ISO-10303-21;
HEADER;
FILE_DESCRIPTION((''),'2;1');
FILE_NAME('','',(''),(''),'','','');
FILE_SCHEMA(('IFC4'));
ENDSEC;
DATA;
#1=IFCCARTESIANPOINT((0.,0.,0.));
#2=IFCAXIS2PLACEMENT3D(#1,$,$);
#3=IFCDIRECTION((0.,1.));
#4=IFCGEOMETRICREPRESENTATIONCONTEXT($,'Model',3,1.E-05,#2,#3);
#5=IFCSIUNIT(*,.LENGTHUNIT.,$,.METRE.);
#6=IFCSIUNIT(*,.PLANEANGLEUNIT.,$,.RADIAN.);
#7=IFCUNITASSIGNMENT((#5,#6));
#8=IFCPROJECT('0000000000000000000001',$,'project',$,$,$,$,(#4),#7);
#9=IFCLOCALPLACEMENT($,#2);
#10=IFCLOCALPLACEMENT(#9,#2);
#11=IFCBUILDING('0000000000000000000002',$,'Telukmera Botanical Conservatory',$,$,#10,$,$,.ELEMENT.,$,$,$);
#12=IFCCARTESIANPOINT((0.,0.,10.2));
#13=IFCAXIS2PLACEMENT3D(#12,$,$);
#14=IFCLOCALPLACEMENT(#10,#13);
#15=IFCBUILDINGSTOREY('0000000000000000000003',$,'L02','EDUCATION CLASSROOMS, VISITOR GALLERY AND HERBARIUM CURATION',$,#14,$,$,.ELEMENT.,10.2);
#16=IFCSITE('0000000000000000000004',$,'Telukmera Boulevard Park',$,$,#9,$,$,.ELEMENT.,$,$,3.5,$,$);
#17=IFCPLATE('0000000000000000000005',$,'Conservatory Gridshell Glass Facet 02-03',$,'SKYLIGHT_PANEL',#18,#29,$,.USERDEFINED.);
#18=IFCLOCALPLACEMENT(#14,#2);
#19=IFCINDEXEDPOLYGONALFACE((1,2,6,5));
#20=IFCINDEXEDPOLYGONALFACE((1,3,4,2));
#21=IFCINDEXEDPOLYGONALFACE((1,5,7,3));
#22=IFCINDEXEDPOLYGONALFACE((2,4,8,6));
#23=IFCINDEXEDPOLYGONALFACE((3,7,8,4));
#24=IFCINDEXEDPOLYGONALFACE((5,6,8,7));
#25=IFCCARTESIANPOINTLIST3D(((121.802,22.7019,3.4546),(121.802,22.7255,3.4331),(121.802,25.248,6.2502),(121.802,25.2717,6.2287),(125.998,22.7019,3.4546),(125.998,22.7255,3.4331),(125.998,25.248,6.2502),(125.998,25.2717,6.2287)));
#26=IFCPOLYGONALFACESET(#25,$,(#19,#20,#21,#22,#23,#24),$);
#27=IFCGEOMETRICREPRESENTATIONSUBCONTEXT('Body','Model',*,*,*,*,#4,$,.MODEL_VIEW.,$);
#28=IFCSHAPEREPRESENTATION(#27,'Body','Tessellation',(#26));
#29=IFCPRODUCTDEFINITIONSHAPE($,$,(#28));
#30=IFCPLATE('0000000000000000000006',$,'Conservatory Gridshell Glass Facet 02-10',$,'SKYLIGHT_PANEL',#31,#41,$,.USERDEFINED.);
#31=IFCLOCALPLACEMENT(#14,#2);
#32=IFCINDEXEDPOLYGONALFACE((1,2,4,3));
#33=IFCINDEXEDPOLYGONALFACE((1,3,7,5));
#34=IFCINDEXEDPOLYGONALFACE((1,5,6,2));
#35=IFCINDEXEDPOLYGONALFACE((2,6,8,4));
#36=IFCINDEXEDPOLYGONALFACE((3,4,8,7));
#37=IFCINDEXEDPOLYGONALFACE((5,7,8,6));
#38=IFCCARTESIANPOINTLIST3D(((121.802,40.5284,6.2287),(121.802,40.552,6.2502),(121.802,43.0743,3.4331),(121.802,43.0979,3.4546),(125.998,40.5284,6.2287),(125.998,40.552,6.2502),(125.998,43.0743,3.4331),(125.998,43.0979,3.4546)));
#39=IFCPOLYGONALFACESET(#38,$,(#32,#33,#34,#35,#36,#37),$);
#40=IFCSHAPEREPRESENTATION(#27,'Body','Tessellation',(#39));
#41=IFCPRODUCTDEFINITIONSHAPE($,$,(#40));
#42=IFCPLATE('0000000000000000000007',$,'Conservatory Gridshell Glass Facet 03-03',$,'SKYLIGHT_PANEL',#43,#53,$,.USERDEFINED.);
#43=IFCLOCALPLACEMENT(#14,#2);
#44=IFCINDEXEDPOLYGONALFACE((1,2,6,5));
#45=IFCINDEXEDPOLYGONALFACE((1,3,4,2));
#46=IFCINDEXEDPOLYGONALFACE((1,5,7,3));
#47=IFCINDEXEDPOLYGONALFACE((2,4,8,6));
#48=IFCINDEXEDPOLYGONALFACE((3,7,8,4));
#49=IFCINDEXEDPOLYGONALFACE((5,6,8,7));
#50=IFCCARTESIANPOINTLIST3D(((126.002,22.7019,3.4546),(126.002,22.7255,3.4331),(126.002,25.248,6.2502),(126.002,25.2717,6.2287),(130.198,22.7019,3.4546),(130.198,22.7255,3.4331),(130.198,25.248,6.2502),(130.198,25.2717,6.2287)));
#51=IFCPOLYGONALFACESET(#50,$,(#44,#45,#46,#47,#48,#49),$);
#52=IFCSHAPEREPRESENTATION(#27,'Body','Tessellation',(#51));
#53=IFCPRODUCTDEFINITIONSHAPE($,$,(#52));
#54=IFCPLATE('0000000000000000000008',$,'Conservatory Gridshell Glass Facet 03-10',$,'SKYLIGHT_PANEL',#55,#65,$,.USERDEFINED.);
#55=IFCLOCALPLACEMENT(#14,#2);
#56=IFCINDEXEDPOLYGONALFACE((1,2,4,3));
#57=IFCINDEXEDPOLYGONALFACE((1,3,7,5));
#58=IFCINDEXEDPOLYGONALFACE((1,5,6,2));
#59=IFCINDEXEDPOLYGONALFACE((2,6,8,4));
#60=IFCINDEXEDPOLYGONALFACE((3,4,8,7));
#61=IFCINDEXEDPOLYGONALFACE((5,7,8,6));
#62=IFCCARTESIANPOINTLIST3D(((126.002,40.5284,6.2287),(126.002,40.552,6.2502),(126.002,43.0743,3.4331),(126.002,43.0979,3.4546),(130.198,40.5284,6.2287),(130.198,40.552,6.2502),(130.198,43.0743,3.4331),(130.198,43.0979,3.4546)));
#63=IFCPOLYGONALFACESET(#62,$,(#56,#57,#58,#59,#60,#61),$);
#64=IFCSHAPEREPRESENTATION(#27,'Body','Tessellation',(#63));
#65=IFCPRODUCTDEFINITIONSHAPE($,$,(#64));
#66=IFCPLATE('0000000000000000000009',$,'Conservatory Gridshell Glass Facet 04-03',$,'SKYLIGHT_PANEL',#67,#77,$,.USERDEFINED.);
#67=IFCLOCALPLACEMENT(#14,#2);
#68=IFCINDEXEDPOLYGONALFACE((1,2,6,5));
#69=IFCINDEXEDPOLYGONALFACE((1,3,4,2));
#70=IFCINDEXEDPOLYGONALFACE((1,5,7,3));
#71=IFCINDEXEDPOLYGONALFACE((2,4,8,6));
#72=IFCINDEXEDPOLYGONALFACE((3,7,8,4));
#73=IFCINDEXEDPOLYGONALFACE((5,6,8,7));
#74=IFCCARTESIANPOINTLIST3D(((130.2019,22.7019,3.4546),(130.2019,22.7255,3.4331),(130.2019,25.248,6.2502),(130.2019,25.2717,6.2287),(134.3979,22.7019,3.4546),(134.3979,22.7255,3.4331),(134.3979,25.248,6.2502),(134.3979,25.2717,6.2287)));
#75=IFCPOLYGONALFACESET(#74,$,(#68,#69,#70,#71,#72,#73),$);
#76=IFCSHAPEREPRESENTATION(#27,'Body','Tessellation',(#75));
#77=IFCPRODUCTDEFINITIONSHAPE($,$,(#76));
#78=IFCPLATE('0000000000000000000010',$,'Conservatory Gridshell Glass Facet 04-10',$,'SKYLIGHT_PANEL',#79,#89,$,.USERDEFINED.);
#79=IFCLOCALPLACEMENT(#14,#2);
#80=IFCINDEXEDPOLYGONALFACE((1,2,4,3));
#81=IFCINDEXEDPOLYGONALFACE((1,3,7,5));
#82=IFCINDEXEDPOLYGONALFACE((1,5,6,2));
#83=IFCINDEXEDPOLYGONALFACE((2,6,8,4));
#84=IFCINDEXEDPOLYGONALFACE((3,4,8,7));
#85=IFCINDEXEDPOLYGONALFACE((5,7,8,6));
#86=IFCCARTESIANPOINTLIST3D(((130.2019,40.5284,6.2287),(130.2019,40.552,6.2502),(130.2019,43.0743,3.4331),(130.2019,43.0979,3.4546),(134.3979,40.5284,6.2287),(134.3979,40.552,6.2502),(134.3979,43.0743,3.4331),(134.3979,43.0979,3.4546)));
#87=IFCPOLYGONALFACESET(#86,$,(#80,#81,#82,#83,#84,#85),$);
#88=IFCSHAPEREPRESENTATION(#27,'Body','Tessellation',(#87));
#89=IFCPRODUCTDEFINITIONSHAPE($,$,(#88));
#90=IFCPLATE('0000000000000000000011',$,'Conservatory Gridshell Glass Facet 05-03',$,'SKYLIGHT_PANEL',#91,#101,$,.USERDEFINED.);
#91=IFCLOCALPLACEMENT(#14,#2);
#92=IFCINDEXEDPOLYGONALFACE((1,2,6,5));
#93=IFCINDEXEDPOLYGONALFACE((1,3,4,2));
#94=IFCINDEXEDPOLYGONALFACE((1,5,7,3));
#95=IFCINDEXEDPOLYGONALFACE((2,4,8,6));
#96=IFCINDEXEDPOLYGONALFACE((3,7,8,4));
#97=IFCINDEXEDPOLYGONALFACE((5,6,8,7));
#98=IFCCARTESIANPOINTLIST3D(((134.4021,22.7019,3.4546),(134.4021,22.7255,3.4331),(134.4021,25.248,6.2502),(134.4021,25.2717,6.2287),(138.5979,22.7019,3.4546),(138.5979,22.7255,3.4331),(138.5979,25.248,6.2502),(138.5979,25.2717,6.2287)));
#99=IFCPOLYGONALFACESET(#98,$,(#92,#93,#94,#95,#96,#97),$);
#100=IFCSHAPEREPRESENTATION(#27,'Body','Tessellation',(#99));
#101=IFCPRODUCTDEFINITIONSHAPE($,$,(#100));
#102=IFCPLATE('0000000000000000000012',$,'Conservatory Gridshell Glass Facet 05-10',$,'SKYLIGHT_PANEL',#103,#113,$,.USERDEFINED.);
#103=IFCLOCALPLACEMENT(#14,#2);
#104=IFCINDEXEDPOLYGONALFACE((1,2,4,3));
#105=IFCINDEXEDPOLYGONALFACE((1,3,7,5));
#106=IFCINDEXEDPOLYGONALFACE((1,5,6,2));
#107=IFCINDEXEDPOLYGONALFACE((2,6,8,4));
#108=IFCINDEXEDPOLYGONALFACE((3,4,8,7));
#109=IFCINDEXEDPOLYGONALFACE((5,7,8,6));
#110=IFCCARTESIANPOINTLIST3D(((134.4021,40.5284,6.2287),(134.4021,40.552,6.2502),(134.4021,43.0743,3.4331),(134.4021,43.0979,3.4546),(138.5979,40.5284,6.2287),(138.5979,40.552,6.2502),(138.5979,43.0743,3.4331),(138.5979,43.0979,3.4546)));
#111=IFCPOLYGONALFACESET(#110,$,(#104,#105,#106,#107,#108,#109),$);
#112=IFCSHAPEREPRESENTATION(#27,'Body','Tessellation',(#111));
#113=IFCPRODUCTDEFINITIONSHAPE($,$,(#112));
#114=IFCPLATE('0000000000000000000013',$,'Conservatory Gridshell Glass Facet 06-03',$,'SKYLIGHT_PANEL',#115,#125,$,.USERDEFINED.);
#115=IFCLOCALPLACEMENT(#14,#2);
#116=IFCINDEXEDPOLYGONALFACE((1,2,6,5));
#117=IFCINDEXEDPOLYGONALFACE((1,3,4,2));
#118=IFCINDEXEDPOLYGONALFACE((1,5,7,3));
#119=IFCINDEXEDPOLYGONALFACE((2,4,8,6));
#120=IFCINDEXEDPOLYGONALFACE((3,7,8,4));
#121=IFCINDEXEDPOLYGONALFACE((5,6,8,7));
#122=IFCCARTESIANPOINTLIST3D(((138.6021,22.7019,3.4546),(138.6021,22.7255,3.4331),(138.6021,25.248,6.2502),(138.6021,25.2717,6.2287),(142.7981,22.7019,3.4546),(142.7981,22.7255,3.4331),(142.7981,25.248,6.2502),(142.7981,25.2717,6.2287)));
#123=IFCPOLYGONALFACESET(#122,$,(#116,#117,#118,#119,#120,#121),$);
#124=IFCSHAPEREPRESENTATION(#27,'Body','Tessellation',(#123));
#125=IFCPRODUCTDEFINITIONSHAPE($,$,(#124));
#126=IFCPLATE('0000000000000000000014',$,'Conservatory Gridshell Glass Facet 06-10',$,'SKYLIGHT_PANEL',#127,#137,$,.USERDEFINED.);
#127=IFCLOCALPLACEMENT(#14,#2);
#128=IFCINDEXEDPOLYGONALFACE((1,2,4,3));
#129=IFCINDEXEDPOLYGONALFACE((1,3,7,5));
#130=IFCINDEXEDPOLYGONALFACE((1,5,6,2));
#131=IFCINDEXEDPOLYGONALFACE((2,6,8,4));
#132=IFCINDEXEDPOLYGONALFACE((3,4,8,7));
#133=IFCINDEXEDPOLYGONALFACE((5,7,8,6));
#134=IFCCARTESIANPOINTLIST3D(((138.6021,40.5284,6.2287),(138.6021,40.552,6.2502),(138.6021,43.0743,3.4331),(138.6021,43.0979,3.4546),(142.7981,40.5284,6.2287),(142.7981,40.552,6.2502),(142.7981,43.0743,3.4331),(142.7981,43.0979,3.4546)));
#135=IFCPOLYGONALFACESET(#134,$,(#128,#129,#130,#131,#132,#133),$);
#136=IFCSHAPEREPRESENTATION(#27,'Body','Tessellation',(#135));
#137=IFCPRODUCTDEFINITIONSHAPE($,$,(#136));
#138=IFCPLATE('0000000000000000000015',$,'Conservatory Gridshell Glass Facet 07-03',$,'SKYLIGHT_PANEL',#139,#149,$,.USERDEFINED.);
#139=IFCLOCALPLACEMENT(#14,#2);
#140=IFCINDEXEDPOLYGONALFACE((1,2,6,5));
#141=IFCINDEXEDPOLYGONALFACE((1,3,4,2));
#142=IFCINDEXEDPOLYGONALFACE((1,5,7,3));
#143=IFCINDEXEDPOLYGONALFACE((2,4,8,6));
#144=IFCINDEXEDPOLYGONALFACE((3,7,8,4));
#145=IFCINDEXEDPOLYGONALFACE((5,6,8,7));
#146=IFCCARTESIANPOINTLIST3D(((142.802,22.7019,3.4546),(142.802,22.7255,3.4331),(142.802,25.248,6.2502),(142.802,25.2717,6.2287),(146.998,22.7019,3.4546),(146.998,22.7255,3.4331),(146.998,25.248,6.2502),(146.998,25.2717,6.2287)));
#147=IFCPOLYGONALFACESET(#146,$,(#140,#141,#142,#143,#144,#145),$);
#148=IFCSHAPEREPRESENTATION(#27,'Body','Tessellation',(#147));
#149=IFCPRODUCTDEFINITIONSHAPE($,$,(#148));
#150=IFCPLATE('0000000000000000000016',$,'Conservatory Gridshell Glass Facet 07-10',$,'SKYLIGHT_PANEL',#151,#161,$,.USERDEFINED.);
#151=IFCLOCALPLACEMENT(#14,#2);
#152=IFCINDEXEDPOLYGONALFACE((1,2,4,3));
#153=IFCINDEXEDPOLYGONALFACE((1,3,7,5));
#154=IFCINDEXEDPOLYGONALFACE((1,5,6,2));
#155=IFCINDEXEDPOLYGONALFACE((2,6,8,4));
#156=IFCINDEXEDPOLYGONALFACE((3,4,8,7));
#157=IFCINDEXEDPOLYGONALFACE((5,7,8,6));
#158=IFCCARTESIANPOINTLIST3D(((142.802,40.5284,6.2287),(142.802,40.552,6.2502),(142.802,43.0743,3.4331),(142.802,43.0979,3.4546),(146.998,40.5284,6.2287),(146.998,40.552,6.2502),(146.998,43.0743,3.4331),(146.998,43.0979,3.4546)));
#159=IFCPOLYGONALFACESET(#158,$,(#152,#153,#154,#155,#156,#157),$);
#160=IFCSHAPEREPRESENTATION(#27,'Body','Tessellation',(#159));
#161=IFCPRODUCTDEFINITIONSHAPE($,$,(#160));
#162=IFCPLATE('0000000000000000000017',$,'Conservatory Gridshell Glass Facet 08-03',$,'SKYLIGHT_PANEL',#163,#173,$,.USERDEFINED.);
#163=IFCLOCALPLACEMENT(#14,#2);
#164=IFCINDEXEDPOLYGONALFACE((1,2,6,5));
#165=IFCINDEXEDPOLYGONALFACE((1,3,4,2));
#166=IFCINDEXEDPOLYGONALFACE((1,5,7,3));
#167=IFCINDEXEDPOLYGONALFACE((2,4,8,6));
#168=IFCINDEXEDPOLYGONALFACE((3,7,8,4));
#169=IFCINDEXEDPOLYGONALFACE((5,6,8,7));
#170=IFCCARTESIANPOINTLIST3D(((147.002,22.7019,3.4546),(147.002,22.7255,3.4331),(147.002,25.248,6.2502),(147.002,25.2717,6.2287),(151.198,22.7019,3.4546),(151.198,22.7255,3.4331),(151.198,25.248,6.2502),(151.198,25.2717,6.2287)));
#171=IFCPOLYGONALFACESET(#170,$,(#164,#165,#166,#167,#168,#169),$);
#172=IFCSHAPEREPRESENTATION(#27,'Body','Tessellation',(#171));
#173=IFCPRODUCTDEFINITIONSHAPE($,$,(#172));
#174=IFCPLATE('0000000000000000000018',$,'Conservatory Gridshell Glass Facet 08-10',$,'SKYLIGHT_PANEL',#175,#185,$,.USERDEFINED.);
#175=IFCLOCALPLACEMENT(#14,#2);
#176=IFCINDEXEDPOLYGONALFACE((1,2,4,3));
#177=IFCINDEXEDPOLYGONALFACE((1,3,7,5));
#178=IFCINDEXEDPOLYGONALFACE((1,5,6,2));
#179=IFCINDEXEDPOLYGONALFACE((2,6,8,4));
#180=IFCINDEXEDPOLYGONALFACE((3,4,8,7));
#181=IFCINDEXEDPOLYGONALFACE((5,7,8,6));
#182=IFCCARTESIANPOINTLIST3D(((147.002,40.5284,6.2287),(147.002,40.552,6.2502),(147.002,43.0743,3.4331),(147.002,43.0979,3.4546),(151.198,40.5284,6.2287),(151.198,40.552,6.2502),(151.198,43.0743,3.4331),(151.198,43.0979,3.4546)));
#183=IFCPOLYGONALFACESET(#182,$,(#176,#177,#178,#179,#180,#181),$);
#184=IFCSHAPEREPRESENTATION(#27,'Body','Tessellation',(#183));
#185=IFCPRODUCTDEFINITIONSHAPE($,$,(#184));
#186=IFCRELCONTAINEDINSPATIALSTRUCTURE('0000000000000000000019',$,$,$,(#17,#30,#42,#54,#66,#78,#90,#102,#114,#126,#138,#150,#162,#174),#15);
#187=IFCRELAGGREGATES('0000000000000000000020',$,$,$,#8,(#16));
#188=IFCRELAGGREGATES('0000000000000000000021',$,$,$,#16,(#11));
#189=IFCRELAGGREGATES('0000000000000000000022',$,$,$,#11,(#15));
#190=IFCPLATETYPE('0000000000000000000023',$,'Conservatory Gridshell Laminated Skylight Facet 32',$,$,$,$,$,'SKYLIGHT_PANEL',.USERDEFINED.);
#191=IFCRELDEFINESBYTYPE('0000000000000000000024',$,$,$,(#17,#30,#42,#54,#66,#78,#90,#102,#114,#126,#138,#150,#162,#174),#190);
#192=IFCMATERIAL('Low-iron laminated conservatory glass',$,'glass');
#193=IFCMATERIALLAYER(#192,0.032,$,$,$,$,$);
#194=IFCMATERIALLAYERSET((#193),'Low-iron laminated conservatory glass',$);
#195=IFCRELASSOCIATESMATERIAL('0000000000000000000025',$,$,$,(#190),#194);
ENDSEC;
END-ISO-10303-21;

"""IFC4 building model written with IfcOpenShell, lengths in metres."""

from ifc_helpers import new_model, si_unit, direction, frame, origin, place, context, subcontext, project, spatial, polyline, outline, extrude, material, layer, layer_set, type_object, element, save


model = new_model("IFC4")

# Units and contexts
model_context = context("Model", 3, precision=1e-05, world=origin(), true_north=direction((0.0, 1.0)))
body_context = subcontext(model_context, "Body", "Model", "MODEL_VIEW")
ifc_project = project(units=[si_unit("LENGTHUNIT", "METRE"), si_unit("PLANEANGLEUNIT", "RADIAN")], contexts=[model_context])

# Site, building, storey
site_placement = place(None, origin())
site = spatial("IfcSite", under=ifc_project, at=site_placement, Name="Telukmera Boulevard Park", CompositionType="ELEMENT", RefElevation=3.5)
building_placement = place(site_placement, origin())
building = spatial("IfcBuilding", under=site, at=building_placement, Name="Telukmera Botanical Conservatory", CompositionType="ELEMENT")
storey_placement = place(building_placement, frame((0.0, 0.0, 10.2)))
storey = spatial("IfcBuildingStorey", under=building, at=storey_placement, Name="L02", Description="EDUCATION CLASSROOMS, VISITOR GALLERY AND HERBARIUM CURATION", CompositionType="ELEMENT", Elevation=10.2)

# Plates
ifc_material_1 = material(Name="Low-iron laminated conservatory glass", Category="glass")
ifc_layer = layer(ifc_material_1, 0.032)
ifc_layer_set = layer_set([ifc_layer], Name="Low-iron laminated conservatory glass")
plate_type = type_object("IfcPlateType", Name="Conservatory Gridshell Laminated Skylight Facet 32", ElementType="SKYLIGHT_PANEL", PredefinedType="USERDEFINED", material=ifc_layer_set)
plate_1_placement = place(storey_placement, frame((121.802, 22.7019, 3.4546), z_axis=(0.0, -0.739329, 0.673344), x_axis=(1.0, 0.0, 0.0)))
element("IfcPlate", 1, at=plate_1_placement, inside=storey, type_object=plate_type, Name="Conservatory Gridshell Glass Facet 02-03", ObjectType="SKYLIGHT_PANEL", PredefinedType="USERDEFINED", context=body_context, shape_type="SweptSolid", body=[
    extrude(outline(polyline([(0.0, 0.0), (4.196, 0.0), (4.196, 3.7813), (0.0, 3.7813), (0.0, 0.0)])), origin(), (0.0, 0.0, -1.0), 0.032),
])
plate_2_placement = place(storey_placement, frame((121.802, 40.552, 6.2502), z_axis=(0.0, 0.739361, 0.673309), x_axis=(1.0, 0.0, 0.0)))
element("IfcPlate", 2, at=plate_2_placement, inside=storey, type_object=plate_type, Name="Conservatory Gridshell Glass Facet 02-10", ObjectType="SKYLIGHT_PANEL", PredefinedType="USERDEFINED", context=body_context, shape_type="SweptSolid", body=[
    extrude(outline(polyline([(0.0, 0.0), (4.196, 0.0), (4.196, 3.7812), (0.0, 3.7812), (0.0, 0.0)])), origin(), (0.0, 0.0, -1.0), 0.032),
])
plate_3_placement = place(storey_placement, frame((126.002, 22.7019, 3.4546), z_axis=(0.0, -0.739329, 0.673344), x_axis=(1.0, 0.0, 0.0)))
element("IfcPlate", 3, at=plate_3_placement, inside=storey, type_object=plate_type, Name="Conservatory Gridshell Glass Facet 03-03", ObjectType="SKYLIGHT_PANEL", PredefinedType="USERDEFINED", context=body_context, shape_type="SweptSolid", body=[
    extrude(outline(polyline([(0.0, 0.0), (4.196, 0.0), (4.196, 3.7813), (0.0, 3.7813), (0.0, 0.0)])), origin(), (0.0, 0.0, -1.0), 0.032),
])
plate_4_placement = place(storey_placement, frame((126.002, 40.552, 6.2502), z_axis=(0.0, 0.739361, 0.673309), x_axis=(1.0, 0.0, 0.0)))
element("IfcPlate", 4, at=plate_4_placement, inside=storey, type_object=plate_type, Name="Conservatory Gridshell Glass Facet 03-10", ObjectType="SKYLIGHT_PANEL", PredefinedType="USERDEFINED", context=body_context, shape_type="SweptSolid", body=[
    extrude(outline(polyline([(0.0, 0.0), (4.196, 0.0), (4.196, 3.7812), (0.0, 3.7812), (0.0, 0.0)])), origin(), (0.0, 0.0, -1.0), 0.032),
])
plate_5_placement = place(storey_placement, frame((130.2019, 22.7019, 3.4546), z_axis=(0.0, -0.739329, 0.673344), x_axis=(1.0, 0.0, 0.0)))
element("IfcPlate", 5, at=plate_5_placement, inside=storey, type_object=plate_type, Name="Conservatory Gridshell Glass Facet 04-03", ObjectType="SKYLIGHT_PANEL", PredefinedType="USERDEFINED", context=body_context, shape_type="SweptSolid", body=[
    extrude(outline(polyline([(0.0, 0.0), (4.196, 0.0), (4.196, 3.7813), (0.0, 3.7813), (0.0, 0.0)])), origin(), (0.0, 0.0, -1.0), 0.032),
])
plate_6_placement = place(storey_placement, frame((130.2019, 40.552, 6.2502), z_axis=(0.0, 0.739361, 0.673309), x_axis=(1.0, 0.0, 0.0)))
element("IfcPlate", 6, at=plate_6_placement, inside=storey, type_object=plate_type, Name="Conservatory Gridshell Glass Facet 04-10", ObjectType="SKYLIGHT_PANEL", PredefinedType="USERDEFINED", context=body_context, shape_type="SweptSolid", body=[
    extrude(outline(polyline([(0.0, 0.0), (4.196, 0.0), (4.196, 3.7812), (0.0, 3.7812), (0.0, 0.0)])), origin(), (0.0, 0.0, -1.0), 0.032),
])
plate_7_placement = place(storey_placement, frame((134.4021, 22.7019, 3.4546), z_axis=(0.0, -0.739329, 0.673344), x_axis=(1.0, 0.0, 0.0)))
element("IfcPlate", 7, at=plate_7_placement, inside=storey, type_object=plate_type, Name="Conservatory Gridshell Glass Facet 05-03", ObjectType="SKYLIGHT_PANEL", PredefinedType="USERDEFINED", context=body_context, shape_type="SweptSolid", body=[
    extrude(outline(polyline([(0.0, 0.0), (4.1958, 0.0), (4.1958, 3.7813), (0.0, 3.7813), (0.0, 0.0)])), origin(), (0.0, 0.0, -1.0), 0.032),
])
plate_8_placement = place(storey_placement, frame((134.4021, 40.552, 6.2502), z_axis=(0.0, 0.739361, 0.673309), x_axis=(1.0, 0.0, 0.0)))
element("IfcPlate", 8, at=plate_8_placement, inside=storey, type_object=plate_type, Name="Conservatory Gridshell Glass Facet 05-10", ObjectType="SKYLIGHT_PANEL", PredefinedType="USERDEFINED", context=body_context, shape_type="SweptSolid", body=[
    extrude(outline(polyline([(0.0, 0.0), (4.1958, 0.0), (4.1958, 3.7812), (0.0, 3.7812), (0.0, 0.0)])), origin(), (0.0, 0.0, -1.0), 0.032),
])
plate_9_placement = place(storey_placement, frame((138.6021, 22.7019, 3.4546), z_axis=(0.0, -0.739329, 0.673344), x_axis=(1.0, 0.0, 0.0)))
element("IfcPlate", 9, at=plate_9_placement, inside=storey, type_object=plate_type, Name="Conservatory Gridshell Glass Facet 06-03", ObjectType="SKYLIGHT_PANEL", PredefinedType="USERDEFINED", context=body_context, shape_type="SweptSolid", body=[
    extrude(outline(polyline([(0.0, 0.0), (4.196, 0.0), (4.196, 3.7813), (0.0, 3.7813), (0.0, 0.0)])), origin(), (0.0, 0.0, -1.0), 0.032),
])
plate_10_placement = place(storey_placement, frame((138.6021, 40.552, 6.2502), z_axis=(0.0, 0.739361, 0.673309), x_axis=(1.0, 0.0, 0.0)))
element("IfcPlate", 10, at=plate_10_placement, inside=storey, type_object=plate_type, Name="Conservatory Gridshell Glass Facet 06-10", ObjectType="SKYLIGHT_PANEL", PredefinedType="USERDEFINED", context=body_context, shape_type="SweptSolid", body=[
    extrude(outline(polyline([(0.0, 0.0), (4.196, 0.0), (4.196, 3.7812), (0.0, 3.7812), (0.0, 0.0)])), origin(), (0.0, 0.0, -1.0), 0.032),
])
plate_11_placement = place(storey_placement, frame((142.802, 22.7019, 3.4546), z_axis=(0.0, -0.739329, 0.673344), x_axis=(1.0, 0.0, 0.0)))
element("IfcPlate", 11, at=plate_11_placement, inside=storey, type_object=plate_type, Name="Conservatory Gridshell Glass Facet 07-03", ObjectType="SKYLIGHT_PANEL", PredefinedType="USERDEFINED", context=body_context, shape_type="SweptSolid", body=[
    extrude(outline(polyline([(0.0, 0.0), (4.196, 0.0), (4.196, 3.7813), (0.0, 3.7813), (0.0, 0.0)])), origin(), (0.0, 0.0, -1.0), 0.032),
])
plate_12_placement = place(storey_placement, frame((142.802, 40.552, 6.2502), z_axis=(0.0, 0.739361, 0.673309), x_axis=(1.0, 0.0, 0.0)))
element("IfcPlate", 12, at=plate_12_placement, inside=storey, type_object=plate_type, Name="Conservatory Gridshell Glass Facet 07-10", ObjectType="SKYLIGHT_PANEL", PredefinedType="USERDEFINED", context=body_context, shape_type="SweptSolid", body=[
    extrude(outline(polyline([(0.0, 0.0), (4.196, 0.0), (4.196, 3.7812), (0.0, 3.7812), (0.0, 0.0)])), origin(), (0.0, 0.0, -1.0), 0.032),
])
plate_13_placement = place(storey_placement, frame((147.002, 22.7019, 3.4546), z_axis=(0.0, -0.739329, 0.673344), x_axis=(1.0, 0.0, 0.0)))
element("IfcPlate", 13, at=plate_13_placement, inside=storey, type_object=plate_type, Name="Conservatory Gridshell Glass Facet 08-03", ObjectType="SKYLIGHT_PANEL", PredefinedType="USERDEFINED", context=body_context, shape_type="SweptSolid", body=[
    extrude(outline(polyline([(0.0, 0.0), (4.196, 0.0), (4.196, 3.7813), (0.0, 3.7813), (0.0, 0.0)])), origin(), (0.0, 0.0, -1.0), 0.032),
])
plate_14_placement = place(storey_placement, frame((147.002, 40.552, 6.2502), z_axis=(0.0, 0.739361, 0.673309), x_axis=(1.0, 0.0, 0.0)))
element("IfcPlate", 14, at=plate_14_placement, inside=storey, type_object=plate_type, Name="Conservatory Gridshell Glass Facet 08-10", ObjectType="SKYLIGHT_PANEL", PredefinedType="USERDEFINED", context=body_context, shape_type="SweptSolid", body=[
    extrude(outline(polyline([(0.0, 0.0), (4.196, 0.0), (4.196, 3.7812), (0.0, 3.7812), (0.0, 0.0)])), origin(), (0.0, 0.0, -1.0), 0.032),
])

save(model, "model.ifc")
